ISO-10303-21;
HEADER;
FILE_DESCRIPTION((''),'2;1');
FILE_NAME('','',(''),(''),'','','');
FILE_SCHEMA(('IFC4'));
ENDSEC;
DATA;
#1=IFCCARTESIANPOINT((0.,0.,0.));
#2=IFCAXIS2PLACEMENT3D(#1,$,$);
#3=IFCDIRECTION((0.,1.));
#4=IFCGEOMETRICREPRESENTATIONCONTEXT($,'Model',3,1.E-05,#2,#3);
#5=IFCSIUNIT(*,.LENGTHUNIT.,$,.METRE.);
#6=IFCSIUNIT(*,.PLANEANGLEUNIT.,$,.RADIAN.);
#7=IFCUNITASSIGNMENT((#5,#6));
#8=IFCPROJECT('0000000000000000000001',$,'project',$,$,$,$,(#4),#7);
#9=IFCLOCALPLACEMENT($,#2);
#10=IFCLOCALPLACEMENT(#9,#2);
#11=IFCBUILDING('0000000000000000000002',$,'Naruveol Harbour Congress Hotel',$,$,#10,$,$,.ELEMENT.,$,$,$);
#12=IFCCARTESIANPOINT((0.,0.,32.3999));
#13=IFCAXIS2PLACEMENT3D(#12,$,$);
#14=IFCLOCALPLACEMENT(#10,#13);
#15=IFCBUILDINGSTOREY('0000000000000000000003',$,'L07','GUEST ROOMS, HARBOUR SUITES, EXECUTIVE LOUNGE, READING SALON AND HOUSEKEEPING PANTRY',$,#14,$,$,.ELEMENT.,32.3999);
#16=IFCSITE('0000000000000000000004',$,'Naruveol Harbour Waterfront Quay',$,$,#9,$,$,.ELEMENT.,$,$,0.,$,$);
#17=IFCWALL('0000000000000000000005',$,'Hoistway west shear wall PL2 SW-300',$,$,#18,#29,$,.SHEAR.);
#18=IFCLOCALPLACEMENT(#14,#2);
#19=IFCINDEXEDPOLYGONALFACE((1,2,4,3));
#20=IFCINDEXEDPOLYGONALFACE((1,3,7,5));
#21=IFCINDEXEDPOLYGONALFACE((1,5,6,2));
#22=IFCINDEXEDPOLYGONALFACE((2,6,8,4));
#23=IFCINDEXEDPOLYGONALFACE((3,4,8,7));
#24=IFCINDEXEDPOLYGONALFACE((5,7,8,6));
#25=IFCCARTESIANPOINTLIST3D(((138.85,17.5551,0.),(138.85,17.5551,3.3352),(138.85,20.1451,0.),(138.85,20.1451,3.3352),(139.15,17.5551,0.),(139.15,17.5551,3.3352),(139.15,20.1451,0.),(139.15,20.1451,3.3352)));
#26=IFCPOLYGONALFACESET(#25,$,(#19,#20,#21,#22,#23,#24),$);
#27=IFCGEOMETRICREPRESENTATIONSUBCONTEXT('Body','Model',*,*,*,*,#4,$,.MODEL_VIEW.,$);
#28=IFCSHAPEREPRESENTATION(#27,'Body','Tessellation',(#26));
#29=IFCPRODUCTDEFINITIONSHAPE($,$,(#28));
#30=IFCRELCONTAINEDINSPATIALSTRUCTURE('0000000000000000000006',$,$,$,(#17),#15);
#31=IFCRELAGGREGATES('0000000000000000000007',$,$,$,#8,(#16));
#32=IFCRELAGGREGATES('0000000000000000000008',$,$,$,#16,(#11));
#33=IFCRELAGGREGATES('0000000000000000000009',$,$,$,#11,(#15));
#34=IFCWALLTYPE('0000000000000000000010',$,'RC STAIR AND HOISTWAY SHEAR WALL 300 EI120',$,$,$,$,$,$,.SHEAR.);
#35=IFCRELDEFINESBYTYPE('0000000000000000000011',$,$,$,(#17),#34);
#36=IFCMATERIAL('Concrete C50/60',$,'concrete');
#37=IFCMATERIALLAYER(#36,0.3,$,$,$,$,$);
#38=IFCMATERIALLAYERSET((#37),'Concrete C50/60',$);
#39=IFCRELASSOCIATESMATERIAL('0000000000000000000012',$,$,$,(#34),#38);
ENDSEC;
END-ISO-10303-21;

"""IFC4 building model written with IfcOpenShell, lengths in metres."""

from ifc_helpers import new_model, si_unit, direction, frame, frame_2d, origin, place, context, subcontext, project, spatial, rectangle, extrude, material, layer, layer_set, type_object, element, save


model = new_model("IFC4")

# Units and contexts
model_context = context("Model", 3, precision=1e-05, world=origin(), true_north=direction((0.0, 1.0)))
body_context = subcontext(model_context, "Body", "Model", "MODEL_VIEW")
ifc_project = project(units=[si_unit("LENGTHUNIT", "METRE"), si_unit("PLANEANGLEUNIT", "RADIAN")], contexts=[model_context])

# Site, building, storey
site_placement = place(None, origin())
site = spatial("IfcSite", under=ifc_project, at=site_placement, Name="Naruveol Harbour Waterfront Quay", CompositionType="ELEMENT", RefElevation=0.0)
building_placement = place(site_placement, origin())
building = spatial("IfcBuilding", under=site, at=building_placement, Name="Naruveol Harbour Congress Hotel", CompositionType="ELEMENT")
storey_placement = place(building_placement, frame((0.0, 0.0, 32.3999)))
storey = spatial("IfcBuildingStorey", under=building, at=storey_placement, Name="L07", Description="GUEST ROOMS, HARBOUR SUITES, EXECUTIVE LOUNGE, READING SALON AND HOUSEKEEPING PANTRY", CompositionType="ELEMENT", Elevation=32.3999)

# Shared definitions
ifc_material_1 = material(Name="Concrete C50/60", Category="concrete")
ifc_layer_1 = layer(ifc_material_1, 0.3)
ifc_layer_set_1 = layer_set([ifc_layer_1], Name="Concrete C50/60")
wall_type_1 = type_object("IfcWallType", Name="RC STAIR AND HOISTWAY SHEAR WALL 300 EI120", PredefinedType="SHEAR", material=ifc_layer_set_1)

# Wall
wall_1_placement = place(storey_placement, frame((139.0, 20.145, 0.0), z_axis=(0.0, 0.0, 1.0), x_axis=(0.0, -1.0, 0.0)))
element("IfcWall", 1, at=wall_1_placement, inside=storey, type_object=wall_type_1, Name="Hoistway west shear wall PL2 SW-300", PredefinedType="SHEAR", context=body_context, shape_type="SweptSolid", body=[
    extrude(rectangle(XDim=2.5901, YDim=0.3, at=frame_2d((1.2949, 0.0))), origin(), (0.0, 0.0, 1.0), 3.3352),
])

save(model, "model.ifc")
